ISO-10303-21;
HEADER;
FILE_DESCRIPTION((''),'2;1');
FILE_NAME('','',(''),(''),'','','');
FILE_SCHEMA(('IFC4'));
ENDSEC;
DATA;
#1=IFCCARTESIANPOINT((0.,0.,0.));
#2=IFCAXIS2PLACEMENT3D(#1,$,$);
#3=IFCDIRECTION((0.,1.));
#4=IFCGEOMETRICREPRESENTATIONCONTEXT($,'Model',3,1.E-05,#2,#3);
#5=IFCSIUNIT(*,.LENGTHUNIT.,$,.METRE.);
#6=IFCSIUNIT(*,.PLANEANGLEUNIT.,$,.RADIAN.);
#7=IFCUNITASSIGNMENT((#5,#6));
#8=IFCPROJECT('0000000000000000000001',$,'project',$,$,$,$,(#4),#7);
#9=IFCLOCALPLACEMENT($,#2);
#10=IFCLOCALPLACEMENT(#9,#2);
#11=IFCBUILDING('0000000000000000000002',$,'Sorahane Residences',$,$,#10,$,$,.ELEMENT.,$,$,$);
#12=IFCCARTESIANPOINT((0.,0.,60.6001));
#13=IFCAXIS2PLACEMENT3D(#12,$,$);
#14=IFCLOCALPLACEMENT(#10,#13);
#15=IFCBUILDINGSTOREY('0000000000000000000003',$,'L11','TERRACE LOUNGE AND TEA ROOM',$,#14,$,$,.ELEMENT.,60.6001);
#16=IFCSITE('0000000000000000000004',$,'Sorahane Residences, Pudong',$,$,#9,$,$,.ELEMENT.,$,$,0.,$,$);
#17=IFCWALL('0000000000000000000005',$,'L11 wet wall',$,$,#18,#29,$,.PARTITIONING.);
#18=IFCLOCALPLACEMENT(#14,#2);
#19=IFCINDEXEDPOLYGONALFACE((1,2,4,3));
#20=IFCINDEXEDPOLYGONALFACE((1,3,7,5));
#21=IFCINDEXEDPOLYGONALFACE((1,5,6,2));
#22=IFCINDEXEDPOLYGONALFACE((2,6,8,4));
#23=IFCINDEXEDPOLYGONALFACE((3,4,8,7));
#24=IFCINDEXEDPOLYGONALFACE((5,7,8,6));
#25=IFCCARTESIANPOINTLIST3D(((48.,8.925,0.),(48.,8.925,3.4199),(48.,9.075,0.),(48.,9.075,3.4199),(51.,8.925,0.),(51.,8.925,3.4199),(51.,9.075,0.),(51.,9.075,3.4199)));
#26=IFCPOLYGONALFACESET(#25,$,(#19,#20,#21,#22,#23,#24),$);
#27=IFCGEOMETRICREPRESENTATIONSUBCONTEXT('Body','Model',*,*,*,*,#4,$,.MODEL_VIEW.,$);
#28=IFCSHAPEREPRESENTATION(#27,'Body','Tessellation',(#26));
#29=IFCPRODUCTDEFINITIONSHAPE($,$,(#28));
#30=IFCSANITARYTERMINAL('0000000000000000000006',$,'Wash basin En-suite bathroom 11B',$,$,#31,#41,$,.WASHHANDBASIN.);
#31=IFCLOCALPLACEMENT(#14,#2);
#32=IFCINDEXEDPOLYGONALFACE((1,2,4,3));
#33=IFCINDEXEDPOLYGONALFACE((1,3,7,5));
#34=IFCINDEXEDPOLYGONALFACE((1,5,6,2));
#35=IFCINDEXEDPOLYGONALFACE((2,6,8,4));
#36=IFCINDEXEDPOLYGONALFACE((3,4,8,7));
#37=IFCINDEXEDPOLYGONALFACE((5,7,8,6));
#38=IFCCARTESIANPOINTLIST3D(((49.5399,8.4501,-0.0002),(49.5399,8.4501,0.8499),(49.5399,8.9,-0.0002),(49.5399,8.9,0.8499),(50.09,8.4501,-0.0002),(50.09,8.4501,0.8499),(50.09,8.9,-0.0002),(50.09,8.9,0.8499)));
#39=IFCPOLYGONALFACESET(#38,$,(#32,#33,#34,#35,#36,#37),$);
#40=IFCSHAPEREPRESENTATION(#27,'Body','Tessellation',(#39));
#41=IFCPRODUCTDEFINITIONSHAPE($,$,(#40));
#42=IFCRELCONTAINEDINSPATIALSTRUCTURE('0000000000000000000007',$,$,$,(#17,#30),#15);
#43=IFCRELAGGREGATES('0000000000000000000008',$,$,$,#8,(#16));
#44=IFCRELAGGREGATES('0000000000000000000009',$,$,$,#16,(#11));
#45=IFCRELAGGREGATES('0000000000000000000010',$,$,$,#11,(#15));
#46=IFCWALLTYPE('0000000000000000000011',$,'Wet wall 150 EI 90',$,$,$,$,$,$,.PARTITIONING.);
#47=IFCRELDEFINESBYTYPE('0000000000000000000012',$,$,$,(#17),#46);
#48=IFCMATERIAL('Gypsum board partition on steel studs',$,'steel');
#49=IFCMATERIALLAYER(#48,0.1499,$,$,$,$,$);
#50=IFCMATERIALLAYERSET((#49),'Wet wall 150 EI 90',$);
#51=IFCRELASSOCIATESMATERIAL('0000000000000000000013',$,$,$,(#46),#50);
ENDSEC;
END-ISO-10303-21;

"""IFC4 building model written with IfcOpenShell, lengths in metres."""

from ifc_helpers import new_model, si_unit, direction, frame, frame_2d, origin, origin_2d, place, context, subcontext, project, spatial, rectangle, extrude, material, layer, layer_set, type_object, element, save


model = new_model("IFC4")

# Units and contexts
model_context = context("Model", 3, precision=1e-05, world=origin(), true_north=direction((0.0, 1.0)))
body_context = subcontext(model_context, "Body", "Model", "MODEL_VIEW")
ifc_project = project(units=[si_unit("LENGTHUNIT", "METRE"), si_unit("PLANEANGLEUNIT", "RADIAN")], contexts=[model_context])

# Site, building, storey
site_placement = place(None, origin())
site = spatial("IfcSite", under=ifc_project, at=site_placement, Name="Sorahane Residences, Pudong", CompositionType="ELEMENT", RefElevation=0.0)
building_placement = place(site_placement, origin())
building = spatial("IfcBuilding", under=site, at=building_placement, Name="Sorahane Residences", CompositionType="ELEMENT")
storey_placement = place(building_placement, frame((0.0, 0.0, 60.6001)))
storey = spatial("IfcBuildingStorey", under=building, at=storey_placement, Name="L11", Description="TERRACE LOUNGE AND TEA ROOM", CompositionType="ELEMENT", Elevation=60.6001)

# Wall
ifc_material_1 = material(Name="Gypsum board partition on steel studs", Category="steel")
ifc_layer_1 = layer(ifc_material_1, 0.1499)
ifc_layer_set_1 = layer_set([ifc_layer_1], Name="Wet wall 150 EI 90")
wall_type_1 = type_object("IfcWallType", Name="Wet wall 150 EI 90", PredefinedType="PARTITIONING", material=ifc_layer_set_1)
wall_1_placement = place(storey_placement, frame((48.0, 9.0, 0.0), z_axis=(0.0, 0.0, 1.0), x_axis=(1.0, 0.0, 0.0)))
element("IfcWall", 1, at=wall_1_placement, inside=storey, type_object=wall_type_1, Name="L11 wet wall", PredefinedType="PARTITIONING", context=body_context, shape_type="SweptSolid", body=[
    extrude(rectangle(XDim=3.0, YDim=0.1499, at=frame_2d((1.5, 0.0))), origin(), (0.0, 0.0, 1.0), 3.4199),
])

# Sanitary terminal
sanitary_terminal_placement = place(storey_placement, frame((49.8149, 8.675, -0.0002), z_axis=(0.0, 0.0, 1.0), x_axis=(1.0, 0.0, 0.0)))
element("IfcSanitaryTerminal", 2, at=sanitary_terminal_placement, inside=storey, Name="Wash basin En-suite bathroom 11B", PredefinedType="WASHHANDBASIN", context=body_context, shape_type="SweptSolid", body=[
    extrude(rectangle(XDim=0.55, YDim=0.45, at=origin_2d()), origin(), (0.0, 0.0, 1.0), 0.8501),
])

save(model, "model.ifc")
